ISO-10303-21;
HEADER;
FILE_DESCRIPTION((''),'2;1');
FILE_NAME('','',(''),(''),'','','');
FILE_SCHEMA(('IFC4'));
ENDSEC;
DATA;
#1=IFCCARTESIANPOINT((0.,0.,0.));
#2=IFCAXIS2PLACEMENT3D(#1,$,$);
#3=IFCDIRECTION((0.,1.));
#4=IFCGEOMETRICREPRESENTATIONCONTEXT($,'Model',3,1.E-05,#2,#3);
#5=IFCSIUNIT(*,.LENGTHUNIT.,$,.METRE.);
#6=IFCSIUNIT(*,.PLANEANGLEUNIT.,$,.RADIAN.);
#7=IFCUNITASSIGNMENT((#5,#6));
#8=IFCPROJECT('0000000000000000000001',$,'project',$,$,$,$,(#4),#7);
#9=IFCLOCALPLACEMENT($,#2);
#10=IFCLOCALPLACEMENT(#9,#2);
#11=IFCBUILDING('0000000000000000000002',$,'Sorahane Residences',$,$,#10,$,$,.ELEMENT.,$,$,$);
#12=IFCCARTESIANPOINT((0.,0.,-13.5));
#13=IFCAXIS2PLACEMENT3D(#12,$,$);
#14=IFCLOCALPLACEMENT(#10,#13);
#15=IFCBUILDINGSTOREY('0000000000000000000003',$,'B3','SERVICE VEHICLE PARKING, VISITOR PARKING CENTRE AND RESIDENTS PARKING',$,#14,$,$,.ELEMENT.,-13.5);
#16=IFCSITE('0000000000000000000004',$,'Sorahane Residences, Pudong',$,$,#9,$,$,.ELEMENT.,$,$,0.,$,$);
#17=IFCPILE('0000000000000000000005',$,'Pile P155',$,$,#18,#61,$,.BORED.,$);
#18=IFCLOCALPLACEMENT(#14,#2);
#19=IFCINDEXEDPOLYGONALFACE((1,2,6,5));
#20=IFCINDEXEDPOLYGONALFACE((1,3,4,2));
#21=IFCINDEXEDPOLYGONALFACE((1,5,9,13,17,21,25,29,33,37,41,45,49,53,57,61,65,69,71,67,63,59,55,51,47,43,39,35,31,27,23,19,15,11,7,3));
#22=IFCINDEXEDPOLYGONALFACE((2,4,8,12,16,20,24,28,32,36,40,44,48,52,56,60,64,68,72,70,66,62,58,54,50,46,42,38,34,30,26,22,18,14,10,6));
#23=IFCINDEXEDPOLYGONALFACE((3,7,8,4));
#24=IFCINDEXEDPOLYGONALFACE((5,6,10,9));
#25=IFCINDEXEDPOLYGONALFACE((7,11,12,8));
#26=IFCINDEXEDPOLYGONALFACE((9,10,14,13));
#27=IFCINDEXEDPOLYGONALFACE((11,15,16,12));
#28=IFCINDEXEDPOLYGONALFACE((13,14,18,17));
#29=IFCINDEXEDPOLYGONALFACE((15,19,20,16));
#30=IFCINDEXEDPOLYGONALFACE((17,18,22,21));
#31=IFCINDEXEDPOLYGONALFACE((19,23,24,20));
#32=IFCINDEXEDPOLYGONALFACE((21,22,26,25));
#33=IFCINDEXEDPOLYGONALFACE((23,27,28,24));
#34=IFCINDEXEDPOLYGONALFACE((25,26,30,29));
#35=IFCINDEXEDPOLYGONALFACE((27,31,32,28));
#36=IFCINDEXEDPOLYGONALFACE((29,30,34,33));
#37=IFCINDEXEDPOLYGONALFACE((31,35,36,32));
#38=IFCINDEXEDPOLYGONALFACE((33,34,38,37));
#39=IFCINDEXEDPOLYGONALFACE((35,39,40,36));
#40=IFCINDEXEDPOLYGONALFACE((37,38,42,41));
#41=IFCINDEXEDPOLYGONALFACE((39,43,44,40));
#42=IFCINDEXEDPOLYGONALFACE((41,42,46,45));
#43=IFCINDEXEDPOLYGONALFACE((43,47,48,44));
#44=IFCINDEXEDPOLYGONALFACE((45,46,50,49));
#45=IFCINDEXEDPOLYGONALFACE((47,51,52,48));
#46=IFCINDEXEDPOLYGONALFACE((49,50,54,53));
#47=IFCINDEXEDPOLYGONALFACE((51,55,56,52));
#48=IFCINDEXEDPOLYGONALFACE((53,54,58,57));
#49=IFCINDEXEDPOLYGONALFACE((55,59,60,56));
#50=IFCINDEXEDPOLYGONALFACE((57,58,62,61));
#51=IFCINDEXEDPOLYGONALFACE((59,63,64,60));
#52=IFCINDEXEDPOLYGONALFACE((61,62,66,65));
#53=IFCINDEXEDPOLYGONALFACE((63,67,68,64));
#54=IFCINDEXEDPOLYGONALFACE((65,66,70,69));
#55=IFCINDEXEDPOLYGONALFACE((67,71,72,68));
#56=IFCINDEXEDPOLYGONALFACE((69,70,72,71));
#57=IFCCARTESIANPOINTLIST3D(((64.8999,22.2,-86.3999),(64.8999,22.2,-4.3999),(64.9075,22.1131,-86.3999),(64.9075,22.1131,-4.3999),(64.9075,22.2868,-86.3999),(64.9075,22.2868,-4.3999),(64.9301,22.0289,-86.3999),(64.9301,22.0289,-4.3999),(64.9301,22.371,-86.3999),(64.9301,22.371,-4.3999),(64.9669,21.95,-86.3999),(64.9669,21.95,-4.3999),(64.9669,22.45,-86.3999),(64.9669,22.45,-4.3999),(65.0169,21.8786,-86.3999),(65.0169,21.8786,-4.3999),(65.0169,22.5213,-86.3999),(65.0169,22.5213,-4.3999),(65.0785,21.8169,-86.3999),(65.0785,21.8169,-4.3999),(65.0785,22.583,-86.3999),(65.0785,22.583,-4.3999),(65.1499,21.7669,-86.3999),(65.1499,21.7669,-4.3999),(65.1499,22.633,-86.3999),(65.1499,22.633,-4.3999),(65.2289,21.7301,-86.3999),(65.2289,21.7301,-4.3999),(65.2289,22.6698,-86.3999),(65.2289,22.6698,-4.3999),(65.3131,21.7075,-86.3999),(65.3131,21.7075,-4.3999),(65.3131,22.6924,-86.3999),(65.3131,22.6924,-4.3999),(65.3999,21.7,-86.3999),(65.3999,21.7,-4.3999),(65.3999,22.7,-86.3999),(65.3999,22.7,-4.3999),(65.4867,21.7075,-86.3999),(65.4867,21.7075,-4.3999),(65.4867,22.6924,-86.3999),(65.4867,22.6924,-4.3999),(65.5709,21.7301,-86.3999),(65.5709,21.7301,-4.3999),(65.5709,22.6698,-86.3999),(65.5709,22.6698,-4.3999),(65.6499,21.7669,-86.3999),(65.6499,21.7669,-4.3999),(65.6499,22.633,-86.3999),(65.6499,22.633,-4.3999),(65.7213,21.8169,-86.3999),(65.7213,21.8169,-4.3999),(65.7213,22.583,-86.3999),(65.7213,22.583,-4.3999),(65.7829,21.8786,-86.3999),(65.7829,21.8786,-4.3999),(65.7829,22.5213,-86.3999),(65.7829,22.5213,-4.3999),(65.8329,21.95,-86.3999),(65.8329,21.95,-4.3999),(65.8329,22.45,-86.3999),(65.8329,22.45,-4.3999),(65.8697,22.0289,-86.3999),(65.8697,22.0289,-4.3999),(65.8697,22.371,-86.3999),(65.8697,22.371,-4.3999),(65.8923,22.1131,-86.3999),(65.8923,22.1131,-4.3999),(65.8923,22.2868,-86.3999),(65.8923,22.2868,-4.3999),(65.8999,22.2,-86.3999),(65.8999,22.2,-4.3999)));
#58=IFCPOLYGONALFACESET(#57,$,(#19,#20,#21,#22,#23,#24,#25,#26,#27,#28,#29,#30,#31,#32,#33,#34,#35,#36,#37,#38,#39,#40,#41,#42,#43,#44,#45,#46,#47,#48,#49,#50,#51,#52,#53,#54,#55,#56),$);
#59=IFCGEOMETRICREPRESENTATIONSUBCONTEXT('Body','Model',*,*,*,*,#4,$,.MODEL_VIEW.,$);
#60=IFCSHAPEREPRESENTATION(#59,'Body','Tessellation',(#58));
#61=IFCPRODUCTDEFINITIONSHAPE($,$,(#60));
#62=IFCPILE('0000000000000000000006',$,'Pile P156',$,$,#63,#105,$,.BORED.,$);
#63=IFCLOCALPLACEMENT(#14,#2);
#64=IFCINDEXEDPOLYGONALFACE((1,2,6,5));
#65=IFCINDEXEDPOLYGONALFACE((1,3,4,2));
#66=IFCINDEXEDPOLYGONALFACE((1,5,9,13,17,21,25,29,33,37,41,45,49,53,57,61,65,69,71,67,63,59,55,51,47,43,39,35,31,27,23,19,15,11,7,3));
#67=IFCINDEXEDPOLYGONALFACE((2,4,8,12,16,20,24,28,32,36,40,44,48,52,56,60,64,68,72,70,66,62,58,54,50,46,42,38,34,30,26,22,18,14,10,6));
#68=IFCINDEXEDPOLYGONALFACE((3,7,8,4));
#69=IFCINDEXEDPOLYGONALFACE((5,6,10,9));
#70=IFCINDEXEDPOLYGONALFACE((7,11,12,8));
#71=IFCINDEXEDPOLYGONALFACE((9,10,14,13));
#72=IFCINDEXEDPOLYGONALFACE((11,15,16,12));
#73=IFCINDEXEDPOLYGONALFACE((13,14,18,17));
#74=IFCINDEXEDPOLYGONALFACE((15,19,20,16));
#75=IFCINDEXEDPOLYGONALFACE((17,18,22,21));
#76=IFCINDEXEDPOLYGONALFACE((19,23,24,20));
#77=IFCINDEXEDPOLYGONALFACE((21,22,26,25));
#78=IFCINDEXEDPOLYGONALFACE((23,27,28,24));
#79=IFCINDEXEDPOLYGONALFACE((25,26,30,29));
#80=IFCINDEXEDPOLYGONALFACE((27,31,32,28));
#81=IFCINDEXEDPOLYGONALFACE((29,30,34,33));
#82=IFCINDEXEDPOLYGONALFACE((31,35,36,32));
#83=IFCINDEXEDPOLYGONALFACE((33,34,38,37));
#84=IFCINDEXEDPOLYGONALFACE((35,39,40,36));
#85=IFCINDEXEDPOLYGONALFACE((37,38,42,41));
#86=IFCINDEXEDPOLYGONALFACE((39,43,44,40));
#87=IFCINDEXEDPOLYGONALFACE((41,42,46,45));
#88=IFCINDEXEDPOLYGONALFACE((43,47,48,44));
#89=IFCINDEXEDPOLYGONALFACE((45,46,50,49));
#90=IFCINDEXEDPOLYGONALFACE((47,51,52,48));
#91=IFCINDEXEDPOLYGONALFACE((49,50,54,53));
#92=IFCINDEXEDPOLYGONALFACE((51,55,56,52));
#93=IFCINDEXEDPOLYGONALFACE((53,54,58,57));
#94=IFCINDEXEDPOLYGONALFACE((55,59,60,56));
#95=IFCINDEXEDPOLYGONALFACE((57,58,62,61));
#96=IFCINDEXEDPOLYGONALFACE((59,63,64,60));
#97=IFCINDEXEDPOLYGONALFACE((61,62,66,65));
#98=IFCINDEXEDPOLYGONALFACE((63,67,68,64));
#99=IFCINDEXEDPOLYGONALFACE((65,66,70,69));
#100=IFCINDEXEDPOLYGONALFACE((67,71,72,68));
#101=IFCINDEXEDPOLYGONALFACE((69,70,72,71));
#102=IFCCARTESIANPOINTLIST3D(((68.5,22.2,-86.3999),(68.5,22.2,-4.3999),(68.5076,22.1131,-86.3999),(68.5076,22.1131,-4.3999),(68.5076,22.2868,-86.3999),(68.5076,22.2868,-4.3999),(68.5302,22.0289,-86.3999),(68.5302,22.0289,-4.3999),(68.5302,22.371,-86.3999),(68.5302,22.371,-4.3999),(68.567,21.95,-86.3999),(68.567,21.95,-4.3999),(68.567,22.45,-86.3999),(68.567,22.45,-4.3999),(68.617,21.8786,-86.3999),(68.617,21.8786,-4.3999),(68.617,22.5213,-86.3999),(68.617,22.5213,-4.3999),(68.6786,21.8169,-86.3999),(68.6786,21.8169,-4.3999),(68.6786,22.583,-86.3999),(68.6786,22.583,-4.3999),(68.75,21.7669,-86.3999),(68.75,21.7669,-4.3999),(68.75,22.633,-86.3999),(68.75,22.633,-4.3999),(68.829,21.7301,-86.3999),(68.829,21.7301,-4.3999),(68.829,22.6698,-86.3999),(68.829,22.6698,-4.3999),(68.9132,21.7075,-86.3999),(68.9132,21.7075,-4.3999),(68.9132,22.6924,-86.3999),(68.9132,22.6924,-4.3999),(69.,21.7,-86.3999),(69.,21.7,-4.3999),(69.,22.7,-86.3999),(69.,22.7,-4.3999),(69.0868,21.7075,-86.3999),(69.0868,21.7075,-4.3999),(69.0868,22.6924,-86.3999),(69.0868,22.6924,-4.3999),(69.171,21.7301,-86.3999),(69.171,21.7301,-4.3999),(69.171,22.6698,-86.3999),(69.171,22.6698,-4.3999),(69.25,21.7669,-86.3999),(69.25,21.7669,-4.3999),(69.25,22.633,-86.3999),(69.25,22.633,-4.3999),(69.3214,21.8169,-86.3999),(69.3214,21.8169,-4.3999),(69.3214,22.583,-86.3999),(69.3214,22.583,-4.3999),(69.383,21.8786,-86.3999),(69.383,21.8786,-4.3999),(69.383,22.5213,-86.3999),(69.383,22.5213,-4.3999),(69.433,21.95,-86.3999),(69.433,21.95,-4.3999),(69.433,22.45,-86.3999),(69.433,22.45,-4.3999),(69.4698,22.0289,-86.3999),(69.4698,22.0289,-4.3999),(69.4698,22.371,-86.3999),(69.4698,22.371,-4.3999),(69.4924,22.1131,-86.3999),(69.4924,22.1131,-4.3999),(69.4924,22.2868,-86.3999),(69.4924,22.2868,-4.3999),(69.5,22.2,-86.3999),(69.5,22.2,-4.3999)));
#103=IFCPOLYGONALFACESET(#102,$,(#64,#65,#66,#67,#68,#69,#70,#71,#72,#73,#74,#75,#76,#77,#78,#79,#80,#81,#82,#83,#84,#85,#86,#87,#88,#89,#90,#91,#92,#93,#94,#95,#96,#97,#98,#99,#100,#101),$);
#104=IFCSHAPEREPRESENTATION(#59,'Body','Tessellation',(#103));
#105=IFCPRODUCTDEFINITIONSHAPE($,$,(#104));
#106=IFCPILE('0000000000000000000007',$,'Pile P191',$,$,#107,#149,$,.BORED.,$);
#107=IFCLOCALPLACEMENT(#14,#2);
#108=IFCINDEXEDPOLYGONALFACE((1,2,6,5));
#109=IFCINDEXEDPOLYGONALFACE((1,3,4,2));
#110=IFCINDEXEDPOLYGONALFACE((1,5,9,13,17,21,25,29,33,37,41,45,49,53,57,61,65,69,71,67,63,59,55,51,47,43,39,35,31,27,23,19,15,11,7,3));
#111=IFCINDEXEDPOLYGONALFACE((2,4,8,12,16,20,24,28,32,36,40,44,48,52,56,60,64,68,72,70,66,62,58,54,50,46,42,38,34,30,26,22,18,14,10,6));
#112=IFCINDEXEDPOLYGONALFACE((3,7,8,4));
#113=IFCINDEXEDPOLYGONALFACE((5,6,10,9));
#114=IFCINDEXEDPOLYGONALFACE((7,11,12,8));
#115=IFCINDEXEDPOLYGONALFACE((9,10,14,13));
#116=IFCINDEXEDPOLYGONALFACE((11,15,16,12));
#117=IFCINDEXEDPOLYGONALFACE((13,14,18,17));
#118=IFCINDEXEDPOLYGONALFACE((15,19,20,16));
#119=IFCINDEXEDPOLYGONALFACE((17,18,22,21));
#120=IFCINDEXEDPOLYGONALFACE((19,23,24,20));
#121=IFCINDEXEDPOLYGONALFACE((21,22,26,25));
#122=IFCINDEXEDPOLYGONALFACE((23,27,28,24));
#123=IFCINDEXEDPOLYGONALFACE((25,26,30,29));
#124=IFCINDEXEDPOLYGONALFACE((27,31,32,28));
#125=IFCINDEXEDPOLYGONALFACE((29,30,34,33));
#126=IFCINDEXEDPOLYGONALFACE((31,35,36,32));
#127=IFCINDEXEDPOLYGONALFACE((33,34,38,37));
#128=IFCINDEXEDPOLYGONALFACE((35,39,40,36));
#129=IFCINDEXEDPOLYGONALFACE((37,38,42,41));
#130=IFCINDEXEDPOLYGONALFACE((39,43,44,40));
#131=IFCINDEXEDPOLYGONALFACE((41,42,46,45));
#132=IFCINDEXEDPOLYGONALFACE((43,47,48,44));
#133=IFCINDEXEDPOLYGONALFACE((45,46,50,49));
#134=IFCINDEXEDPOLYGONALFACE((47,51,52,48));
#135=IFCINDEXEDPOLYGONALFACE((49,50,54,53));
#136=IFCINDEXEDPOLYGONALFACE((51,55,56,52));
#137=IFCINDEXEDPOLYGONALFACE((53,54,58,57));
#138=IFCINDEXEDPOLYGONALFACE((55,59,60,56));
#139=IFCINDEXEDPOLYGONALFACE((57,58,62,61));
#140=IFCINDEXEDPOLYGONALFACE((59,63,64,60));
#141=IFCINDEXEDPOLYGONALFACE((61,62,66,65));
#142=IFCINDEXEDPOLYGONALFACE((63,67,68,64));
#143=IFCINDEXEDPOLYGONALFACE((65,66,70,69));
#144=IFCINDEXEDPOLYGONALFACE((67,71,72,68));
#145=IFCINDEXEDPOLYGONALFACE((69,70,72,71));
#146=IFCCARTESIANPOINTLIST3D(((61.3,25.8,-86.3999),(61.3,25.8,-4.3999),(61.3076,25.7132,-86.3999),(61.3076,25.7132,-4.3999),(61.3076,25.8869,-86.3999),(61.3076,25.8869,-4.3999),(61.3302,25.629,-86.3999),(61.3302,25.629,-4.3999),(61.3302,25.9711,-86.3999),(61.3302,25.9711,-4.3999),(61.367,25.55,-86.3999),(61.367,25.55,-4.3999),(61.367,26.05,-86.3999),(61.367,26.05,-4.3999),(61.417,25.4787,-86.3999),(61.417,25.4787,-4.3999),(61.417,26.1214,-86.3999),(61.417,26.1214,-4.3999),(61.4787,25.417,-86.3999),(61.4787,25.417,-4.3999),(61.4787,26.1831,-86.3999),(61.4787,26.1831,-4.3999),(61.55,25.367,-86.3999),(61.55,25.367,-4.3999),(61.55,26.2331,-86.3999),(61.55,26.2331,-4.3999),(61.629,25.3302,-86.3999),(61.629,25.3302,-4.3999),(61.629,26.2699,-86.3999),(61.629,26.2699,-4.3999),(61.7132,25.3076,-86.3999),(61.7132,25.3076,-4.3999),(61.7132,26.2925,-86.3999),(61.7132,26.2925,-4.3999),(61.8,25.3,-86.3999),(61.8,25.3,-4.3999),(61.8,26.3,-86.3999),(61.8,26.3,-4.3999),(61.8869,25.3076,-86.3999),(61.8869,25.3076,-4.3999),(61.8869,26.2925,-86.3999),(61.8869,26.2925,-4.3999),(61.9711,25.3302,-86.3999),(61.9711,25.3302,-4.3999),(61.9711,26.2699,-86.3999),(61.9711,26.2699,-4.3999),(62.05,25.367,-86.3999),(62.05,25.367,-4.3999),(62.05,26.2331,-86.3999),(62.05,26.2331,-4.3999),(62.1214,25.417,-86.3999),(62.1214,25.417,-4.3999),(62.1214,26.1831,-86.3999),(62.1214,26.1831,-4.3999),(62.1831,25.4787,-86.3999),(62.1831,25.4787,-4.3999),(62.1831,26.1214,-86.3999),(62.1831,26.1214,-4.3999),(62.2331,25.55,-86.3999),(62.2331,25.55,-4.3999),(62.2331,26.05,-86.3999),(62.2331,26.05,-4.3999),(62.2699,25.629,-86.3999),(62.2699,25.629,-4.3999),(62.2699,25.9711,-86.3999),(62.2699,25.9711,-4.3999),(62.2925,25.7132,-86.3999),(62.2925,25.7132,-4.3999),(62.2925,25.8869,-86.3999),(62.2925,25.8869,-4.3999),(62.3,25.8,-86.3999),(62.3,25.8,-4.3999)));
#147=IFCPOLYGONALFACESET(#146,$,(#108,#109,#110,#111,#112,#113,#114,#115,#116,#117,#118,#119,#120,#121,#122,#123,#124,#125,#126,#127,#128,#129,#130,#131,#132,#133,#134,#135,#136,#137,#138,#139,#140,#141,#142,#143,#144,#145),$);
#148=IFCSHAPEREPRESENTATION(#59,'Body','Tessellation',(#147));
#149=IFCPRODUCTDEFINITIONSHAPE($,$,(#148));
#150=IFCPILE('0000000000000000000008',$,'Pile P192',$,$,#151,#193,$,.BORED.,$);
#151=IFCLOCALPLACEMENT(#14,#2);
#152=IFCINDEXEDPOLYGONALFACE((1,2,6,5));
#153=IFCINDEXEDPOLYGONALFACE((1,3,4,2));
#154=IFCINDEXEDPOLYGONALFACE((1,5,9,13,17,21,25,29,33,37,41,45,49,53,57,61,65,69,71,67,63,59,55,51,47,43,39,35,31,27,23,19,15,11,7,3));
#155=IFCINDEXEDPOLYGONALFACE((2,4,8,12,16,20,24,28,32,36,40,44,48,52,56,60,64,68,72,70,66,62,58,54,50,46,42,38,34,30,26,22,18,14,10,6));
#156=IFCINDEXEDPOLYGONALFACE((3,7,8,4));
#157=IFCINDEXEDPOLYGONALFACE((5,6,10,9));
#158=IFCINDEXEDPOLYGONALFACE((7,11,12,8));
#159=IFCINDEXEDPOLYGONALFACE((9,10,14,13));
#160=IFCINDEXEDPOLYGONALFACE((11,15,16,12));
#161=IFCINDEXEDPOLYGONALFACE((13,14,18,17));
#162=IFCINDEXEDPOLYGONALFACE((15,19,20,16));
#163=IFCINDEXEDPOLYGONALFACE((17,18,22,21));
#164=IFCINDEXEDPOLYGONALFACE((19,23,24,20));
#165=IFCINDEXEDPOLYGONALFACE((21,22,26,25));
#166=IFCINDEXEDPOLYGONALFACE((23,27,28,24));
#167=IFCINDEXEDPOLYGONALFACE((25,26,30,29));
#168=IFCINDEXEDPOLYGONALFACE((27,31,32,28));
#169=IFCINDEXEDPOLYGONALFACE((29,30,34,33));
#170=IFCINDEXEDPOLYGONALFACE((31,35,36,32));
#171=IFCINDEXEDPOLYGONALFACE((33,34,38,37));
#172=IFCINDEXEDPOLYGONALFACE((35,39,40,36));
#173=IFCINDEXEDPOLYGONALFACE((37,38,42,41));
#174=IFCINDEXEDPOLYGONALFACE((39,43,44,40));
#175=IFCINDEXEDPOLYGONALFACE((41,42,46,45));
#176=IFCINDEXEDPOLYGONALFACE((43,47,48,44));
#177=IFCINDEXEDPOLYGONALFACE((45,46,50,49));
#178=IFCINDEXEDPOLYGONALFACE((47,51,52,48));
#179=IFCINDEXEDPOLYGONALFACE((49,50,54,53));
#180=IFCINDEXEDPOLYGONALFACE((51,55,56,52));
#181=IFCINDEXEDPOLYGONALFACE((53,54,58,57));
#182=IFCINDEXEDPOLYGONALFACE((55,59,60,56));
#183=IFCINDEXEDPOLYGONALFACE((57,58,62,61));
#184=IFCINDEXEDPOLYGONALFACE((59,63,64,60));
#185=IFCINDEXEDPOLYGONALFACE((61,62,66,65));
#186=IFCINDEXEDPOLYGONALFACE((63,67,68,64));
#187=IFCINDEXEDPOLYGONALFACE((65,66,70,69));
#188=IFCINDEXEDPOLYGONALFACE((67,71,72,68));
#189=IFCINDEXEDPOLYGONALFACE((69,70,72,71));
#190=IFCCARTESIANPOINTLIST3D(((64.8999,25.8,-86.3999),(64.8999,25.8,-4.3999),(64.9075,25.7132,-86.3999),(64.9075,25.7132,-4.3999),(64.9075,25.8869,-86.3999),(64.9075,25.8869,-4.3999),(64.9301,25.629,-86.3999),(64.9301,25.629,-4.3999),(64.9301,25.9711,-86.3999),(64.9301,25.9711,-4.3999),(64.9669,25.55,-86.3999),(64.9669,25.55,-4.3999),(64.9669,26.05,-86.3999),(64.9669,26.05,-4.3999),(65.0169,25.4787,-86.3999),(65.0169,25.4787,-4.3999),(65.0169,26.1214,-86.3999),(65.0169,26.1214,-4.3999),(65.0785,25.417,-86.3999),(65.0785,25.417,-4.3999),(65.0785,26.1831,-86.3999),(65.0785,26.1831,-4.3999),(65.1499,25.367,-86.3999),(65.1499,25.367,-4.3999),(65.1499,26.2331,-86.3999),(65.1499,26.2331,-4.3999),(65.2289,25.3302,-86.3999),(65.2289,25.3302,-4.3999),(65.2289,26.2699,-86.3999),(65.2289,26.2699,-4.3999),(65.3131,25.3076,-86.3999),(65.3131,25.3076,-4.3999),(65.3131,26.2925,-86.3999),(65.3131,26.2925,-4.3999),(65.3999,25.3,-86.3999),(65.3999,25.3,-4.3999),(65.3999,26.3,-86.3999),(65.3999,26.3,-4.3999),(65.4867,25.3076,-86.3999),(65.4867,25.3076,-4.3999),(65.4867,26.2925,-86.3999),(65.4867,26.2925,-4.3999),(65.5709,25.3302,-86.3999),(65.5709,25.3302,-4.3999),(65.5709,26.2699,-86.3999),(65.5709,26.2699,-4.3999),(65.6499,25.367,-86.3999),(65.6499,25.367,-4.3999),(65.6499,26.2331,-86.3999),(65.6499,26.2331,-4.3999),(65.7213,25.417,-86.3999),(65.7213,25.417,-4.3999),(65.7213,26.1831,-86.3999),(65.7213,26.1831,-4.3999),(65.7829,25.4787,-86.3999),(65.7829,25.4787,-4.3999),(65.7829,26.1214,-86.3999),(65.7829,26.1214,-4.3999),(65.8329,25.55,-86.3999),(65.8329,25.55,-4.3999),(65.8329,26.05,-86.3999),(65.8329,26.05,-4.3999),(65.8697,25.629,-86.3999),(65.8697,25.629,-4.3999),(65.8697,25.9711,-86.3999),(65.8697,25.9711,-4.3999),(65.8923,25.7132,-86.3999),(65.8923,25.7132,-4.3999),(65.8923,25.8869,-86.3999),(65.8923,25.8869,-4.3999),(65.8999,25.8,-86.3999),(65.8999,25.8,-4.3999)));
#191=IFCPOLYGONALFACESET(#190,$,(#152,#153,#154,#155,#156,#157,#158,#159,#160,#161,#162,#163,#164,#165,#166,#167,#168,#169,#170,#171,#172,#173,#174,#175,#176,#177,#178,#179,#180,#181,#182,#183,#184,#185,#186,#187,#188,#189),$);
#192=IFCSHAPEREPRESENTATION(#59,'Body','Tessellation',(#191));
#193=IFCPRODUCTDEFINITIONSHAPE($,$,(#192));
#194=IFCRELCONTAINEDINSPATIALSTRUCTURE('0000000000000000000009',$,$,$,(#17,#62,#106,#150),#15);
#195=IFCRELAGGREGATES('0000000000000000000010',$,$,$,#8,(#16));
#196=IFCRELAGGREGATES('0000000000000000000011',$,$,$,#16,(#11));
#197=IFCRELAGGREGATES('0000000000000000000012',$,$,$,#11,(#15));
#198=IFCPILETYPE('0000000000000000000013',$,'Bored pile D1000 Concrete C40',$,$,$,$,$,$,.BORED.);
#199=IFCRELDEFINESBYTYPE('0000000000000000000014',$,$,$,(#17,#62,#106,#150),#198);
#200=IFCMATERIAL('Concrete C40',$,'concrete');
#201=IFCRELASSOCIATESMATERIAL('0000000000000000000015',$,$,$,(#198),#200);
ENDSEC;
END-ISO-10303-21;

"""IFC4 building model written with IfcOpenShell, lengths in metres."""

from ifc_helpers import new_model, si_unit, direction, frame, origin, origin_2d, place, context, subcontext, project, spatial, circle, extrude, material, material_profile, profile_set, type_object, element, save


model = new_model("IFC4")

# Units and contexts
model_context = context("Model", 3, precision=1e-05, world=origin(), true_north=direction((0.0, 1.0)))
body_context = subcontext(model_context, "Body", "Model", "MODEL_VIEW")
ifc_project = project(units=[si_unit("LENGTHUNIT", "METRE"), si_unit("PLANEANGLEUNIT", "RADIAN")], contexts=[model_context])

# Site, building, storey
site_placement = place(None, origin())
site = spatial("IfcSite", under=ifc_project, at=site_placement, Name="Sorahane Residences, Pudong", CompositionType="ELEMENT", RefElevation=0.0)
building_placement = place(site_placement, origin())
building = spatial("IfcBuilding", under=site, at=building_placement, Name="Sorahane Residences", CompositionType="ELEMENT")
storey_placement = place(building_placement, frame((0.0, 0.0, -13.5)))
storey = spatial("IfcBuildingStorey", under=building, at=storey_placement, Name="B3", Description="SERVICE VEHICLE PARKING, VISITOR PARKING CENTRE AND RESIDENTS PARKING", CompositionType="ELEMENT", Elevation=-13.5)

# Piles
ifc_material_1 = material(Name="Concrete C40", Category="concrete")
ifc_material_profile_1 = material_profile(ifc_material_1, circle(Radius=0.5, at=origin_2d()), Name="D1000")
ifc_profile_set_1 = profile_set([ifc_material_profile_1], Name="Concrete C40")
pile_type = type_object("IfcPileType", Name="Bored pile D1000 Concrete C40", PredefinedType="BORED", material=ifc_profile_set_1)
for number, where, z_axis, x_axis, name in (
    (1, (65.3999, 22.2, -4.3999), (0.0, 0.0, -1.0), (1.0, 0.0, 0.0), "Pile P155"),
    (2, (69.0, 22.2, -4.3999), (0.0, 0.0, -1.0), (1.0, 0.0, 0.0), "Pile P156"),
    (3, (61.8, 25.8, -4.3999), (0.0, 0.0, -1.0), (1.0, 0.0, 0.0), "Pile P191"),
    (4, (65.3999, 25.8, -4.3999), (0.0, 0.0, -1.0), (1.0, 0.0, 0.0), "Pile P192"),
):
    element("IfcPile", number, at=place(storey_placement, frame(where, z_axis=z_axis, x_axis=x_axis)), inside=storey, type_object=pile_type, Name=name, PredefinedType="BORED", context=body_context, shape_type="SweptSolid", body=[
        extrude(circle(Radius=0.5, at=origin_2d()), origin(), (0.0, 0.0, 1.0), 82.0),
    ])

save(model, "model.ifc")
